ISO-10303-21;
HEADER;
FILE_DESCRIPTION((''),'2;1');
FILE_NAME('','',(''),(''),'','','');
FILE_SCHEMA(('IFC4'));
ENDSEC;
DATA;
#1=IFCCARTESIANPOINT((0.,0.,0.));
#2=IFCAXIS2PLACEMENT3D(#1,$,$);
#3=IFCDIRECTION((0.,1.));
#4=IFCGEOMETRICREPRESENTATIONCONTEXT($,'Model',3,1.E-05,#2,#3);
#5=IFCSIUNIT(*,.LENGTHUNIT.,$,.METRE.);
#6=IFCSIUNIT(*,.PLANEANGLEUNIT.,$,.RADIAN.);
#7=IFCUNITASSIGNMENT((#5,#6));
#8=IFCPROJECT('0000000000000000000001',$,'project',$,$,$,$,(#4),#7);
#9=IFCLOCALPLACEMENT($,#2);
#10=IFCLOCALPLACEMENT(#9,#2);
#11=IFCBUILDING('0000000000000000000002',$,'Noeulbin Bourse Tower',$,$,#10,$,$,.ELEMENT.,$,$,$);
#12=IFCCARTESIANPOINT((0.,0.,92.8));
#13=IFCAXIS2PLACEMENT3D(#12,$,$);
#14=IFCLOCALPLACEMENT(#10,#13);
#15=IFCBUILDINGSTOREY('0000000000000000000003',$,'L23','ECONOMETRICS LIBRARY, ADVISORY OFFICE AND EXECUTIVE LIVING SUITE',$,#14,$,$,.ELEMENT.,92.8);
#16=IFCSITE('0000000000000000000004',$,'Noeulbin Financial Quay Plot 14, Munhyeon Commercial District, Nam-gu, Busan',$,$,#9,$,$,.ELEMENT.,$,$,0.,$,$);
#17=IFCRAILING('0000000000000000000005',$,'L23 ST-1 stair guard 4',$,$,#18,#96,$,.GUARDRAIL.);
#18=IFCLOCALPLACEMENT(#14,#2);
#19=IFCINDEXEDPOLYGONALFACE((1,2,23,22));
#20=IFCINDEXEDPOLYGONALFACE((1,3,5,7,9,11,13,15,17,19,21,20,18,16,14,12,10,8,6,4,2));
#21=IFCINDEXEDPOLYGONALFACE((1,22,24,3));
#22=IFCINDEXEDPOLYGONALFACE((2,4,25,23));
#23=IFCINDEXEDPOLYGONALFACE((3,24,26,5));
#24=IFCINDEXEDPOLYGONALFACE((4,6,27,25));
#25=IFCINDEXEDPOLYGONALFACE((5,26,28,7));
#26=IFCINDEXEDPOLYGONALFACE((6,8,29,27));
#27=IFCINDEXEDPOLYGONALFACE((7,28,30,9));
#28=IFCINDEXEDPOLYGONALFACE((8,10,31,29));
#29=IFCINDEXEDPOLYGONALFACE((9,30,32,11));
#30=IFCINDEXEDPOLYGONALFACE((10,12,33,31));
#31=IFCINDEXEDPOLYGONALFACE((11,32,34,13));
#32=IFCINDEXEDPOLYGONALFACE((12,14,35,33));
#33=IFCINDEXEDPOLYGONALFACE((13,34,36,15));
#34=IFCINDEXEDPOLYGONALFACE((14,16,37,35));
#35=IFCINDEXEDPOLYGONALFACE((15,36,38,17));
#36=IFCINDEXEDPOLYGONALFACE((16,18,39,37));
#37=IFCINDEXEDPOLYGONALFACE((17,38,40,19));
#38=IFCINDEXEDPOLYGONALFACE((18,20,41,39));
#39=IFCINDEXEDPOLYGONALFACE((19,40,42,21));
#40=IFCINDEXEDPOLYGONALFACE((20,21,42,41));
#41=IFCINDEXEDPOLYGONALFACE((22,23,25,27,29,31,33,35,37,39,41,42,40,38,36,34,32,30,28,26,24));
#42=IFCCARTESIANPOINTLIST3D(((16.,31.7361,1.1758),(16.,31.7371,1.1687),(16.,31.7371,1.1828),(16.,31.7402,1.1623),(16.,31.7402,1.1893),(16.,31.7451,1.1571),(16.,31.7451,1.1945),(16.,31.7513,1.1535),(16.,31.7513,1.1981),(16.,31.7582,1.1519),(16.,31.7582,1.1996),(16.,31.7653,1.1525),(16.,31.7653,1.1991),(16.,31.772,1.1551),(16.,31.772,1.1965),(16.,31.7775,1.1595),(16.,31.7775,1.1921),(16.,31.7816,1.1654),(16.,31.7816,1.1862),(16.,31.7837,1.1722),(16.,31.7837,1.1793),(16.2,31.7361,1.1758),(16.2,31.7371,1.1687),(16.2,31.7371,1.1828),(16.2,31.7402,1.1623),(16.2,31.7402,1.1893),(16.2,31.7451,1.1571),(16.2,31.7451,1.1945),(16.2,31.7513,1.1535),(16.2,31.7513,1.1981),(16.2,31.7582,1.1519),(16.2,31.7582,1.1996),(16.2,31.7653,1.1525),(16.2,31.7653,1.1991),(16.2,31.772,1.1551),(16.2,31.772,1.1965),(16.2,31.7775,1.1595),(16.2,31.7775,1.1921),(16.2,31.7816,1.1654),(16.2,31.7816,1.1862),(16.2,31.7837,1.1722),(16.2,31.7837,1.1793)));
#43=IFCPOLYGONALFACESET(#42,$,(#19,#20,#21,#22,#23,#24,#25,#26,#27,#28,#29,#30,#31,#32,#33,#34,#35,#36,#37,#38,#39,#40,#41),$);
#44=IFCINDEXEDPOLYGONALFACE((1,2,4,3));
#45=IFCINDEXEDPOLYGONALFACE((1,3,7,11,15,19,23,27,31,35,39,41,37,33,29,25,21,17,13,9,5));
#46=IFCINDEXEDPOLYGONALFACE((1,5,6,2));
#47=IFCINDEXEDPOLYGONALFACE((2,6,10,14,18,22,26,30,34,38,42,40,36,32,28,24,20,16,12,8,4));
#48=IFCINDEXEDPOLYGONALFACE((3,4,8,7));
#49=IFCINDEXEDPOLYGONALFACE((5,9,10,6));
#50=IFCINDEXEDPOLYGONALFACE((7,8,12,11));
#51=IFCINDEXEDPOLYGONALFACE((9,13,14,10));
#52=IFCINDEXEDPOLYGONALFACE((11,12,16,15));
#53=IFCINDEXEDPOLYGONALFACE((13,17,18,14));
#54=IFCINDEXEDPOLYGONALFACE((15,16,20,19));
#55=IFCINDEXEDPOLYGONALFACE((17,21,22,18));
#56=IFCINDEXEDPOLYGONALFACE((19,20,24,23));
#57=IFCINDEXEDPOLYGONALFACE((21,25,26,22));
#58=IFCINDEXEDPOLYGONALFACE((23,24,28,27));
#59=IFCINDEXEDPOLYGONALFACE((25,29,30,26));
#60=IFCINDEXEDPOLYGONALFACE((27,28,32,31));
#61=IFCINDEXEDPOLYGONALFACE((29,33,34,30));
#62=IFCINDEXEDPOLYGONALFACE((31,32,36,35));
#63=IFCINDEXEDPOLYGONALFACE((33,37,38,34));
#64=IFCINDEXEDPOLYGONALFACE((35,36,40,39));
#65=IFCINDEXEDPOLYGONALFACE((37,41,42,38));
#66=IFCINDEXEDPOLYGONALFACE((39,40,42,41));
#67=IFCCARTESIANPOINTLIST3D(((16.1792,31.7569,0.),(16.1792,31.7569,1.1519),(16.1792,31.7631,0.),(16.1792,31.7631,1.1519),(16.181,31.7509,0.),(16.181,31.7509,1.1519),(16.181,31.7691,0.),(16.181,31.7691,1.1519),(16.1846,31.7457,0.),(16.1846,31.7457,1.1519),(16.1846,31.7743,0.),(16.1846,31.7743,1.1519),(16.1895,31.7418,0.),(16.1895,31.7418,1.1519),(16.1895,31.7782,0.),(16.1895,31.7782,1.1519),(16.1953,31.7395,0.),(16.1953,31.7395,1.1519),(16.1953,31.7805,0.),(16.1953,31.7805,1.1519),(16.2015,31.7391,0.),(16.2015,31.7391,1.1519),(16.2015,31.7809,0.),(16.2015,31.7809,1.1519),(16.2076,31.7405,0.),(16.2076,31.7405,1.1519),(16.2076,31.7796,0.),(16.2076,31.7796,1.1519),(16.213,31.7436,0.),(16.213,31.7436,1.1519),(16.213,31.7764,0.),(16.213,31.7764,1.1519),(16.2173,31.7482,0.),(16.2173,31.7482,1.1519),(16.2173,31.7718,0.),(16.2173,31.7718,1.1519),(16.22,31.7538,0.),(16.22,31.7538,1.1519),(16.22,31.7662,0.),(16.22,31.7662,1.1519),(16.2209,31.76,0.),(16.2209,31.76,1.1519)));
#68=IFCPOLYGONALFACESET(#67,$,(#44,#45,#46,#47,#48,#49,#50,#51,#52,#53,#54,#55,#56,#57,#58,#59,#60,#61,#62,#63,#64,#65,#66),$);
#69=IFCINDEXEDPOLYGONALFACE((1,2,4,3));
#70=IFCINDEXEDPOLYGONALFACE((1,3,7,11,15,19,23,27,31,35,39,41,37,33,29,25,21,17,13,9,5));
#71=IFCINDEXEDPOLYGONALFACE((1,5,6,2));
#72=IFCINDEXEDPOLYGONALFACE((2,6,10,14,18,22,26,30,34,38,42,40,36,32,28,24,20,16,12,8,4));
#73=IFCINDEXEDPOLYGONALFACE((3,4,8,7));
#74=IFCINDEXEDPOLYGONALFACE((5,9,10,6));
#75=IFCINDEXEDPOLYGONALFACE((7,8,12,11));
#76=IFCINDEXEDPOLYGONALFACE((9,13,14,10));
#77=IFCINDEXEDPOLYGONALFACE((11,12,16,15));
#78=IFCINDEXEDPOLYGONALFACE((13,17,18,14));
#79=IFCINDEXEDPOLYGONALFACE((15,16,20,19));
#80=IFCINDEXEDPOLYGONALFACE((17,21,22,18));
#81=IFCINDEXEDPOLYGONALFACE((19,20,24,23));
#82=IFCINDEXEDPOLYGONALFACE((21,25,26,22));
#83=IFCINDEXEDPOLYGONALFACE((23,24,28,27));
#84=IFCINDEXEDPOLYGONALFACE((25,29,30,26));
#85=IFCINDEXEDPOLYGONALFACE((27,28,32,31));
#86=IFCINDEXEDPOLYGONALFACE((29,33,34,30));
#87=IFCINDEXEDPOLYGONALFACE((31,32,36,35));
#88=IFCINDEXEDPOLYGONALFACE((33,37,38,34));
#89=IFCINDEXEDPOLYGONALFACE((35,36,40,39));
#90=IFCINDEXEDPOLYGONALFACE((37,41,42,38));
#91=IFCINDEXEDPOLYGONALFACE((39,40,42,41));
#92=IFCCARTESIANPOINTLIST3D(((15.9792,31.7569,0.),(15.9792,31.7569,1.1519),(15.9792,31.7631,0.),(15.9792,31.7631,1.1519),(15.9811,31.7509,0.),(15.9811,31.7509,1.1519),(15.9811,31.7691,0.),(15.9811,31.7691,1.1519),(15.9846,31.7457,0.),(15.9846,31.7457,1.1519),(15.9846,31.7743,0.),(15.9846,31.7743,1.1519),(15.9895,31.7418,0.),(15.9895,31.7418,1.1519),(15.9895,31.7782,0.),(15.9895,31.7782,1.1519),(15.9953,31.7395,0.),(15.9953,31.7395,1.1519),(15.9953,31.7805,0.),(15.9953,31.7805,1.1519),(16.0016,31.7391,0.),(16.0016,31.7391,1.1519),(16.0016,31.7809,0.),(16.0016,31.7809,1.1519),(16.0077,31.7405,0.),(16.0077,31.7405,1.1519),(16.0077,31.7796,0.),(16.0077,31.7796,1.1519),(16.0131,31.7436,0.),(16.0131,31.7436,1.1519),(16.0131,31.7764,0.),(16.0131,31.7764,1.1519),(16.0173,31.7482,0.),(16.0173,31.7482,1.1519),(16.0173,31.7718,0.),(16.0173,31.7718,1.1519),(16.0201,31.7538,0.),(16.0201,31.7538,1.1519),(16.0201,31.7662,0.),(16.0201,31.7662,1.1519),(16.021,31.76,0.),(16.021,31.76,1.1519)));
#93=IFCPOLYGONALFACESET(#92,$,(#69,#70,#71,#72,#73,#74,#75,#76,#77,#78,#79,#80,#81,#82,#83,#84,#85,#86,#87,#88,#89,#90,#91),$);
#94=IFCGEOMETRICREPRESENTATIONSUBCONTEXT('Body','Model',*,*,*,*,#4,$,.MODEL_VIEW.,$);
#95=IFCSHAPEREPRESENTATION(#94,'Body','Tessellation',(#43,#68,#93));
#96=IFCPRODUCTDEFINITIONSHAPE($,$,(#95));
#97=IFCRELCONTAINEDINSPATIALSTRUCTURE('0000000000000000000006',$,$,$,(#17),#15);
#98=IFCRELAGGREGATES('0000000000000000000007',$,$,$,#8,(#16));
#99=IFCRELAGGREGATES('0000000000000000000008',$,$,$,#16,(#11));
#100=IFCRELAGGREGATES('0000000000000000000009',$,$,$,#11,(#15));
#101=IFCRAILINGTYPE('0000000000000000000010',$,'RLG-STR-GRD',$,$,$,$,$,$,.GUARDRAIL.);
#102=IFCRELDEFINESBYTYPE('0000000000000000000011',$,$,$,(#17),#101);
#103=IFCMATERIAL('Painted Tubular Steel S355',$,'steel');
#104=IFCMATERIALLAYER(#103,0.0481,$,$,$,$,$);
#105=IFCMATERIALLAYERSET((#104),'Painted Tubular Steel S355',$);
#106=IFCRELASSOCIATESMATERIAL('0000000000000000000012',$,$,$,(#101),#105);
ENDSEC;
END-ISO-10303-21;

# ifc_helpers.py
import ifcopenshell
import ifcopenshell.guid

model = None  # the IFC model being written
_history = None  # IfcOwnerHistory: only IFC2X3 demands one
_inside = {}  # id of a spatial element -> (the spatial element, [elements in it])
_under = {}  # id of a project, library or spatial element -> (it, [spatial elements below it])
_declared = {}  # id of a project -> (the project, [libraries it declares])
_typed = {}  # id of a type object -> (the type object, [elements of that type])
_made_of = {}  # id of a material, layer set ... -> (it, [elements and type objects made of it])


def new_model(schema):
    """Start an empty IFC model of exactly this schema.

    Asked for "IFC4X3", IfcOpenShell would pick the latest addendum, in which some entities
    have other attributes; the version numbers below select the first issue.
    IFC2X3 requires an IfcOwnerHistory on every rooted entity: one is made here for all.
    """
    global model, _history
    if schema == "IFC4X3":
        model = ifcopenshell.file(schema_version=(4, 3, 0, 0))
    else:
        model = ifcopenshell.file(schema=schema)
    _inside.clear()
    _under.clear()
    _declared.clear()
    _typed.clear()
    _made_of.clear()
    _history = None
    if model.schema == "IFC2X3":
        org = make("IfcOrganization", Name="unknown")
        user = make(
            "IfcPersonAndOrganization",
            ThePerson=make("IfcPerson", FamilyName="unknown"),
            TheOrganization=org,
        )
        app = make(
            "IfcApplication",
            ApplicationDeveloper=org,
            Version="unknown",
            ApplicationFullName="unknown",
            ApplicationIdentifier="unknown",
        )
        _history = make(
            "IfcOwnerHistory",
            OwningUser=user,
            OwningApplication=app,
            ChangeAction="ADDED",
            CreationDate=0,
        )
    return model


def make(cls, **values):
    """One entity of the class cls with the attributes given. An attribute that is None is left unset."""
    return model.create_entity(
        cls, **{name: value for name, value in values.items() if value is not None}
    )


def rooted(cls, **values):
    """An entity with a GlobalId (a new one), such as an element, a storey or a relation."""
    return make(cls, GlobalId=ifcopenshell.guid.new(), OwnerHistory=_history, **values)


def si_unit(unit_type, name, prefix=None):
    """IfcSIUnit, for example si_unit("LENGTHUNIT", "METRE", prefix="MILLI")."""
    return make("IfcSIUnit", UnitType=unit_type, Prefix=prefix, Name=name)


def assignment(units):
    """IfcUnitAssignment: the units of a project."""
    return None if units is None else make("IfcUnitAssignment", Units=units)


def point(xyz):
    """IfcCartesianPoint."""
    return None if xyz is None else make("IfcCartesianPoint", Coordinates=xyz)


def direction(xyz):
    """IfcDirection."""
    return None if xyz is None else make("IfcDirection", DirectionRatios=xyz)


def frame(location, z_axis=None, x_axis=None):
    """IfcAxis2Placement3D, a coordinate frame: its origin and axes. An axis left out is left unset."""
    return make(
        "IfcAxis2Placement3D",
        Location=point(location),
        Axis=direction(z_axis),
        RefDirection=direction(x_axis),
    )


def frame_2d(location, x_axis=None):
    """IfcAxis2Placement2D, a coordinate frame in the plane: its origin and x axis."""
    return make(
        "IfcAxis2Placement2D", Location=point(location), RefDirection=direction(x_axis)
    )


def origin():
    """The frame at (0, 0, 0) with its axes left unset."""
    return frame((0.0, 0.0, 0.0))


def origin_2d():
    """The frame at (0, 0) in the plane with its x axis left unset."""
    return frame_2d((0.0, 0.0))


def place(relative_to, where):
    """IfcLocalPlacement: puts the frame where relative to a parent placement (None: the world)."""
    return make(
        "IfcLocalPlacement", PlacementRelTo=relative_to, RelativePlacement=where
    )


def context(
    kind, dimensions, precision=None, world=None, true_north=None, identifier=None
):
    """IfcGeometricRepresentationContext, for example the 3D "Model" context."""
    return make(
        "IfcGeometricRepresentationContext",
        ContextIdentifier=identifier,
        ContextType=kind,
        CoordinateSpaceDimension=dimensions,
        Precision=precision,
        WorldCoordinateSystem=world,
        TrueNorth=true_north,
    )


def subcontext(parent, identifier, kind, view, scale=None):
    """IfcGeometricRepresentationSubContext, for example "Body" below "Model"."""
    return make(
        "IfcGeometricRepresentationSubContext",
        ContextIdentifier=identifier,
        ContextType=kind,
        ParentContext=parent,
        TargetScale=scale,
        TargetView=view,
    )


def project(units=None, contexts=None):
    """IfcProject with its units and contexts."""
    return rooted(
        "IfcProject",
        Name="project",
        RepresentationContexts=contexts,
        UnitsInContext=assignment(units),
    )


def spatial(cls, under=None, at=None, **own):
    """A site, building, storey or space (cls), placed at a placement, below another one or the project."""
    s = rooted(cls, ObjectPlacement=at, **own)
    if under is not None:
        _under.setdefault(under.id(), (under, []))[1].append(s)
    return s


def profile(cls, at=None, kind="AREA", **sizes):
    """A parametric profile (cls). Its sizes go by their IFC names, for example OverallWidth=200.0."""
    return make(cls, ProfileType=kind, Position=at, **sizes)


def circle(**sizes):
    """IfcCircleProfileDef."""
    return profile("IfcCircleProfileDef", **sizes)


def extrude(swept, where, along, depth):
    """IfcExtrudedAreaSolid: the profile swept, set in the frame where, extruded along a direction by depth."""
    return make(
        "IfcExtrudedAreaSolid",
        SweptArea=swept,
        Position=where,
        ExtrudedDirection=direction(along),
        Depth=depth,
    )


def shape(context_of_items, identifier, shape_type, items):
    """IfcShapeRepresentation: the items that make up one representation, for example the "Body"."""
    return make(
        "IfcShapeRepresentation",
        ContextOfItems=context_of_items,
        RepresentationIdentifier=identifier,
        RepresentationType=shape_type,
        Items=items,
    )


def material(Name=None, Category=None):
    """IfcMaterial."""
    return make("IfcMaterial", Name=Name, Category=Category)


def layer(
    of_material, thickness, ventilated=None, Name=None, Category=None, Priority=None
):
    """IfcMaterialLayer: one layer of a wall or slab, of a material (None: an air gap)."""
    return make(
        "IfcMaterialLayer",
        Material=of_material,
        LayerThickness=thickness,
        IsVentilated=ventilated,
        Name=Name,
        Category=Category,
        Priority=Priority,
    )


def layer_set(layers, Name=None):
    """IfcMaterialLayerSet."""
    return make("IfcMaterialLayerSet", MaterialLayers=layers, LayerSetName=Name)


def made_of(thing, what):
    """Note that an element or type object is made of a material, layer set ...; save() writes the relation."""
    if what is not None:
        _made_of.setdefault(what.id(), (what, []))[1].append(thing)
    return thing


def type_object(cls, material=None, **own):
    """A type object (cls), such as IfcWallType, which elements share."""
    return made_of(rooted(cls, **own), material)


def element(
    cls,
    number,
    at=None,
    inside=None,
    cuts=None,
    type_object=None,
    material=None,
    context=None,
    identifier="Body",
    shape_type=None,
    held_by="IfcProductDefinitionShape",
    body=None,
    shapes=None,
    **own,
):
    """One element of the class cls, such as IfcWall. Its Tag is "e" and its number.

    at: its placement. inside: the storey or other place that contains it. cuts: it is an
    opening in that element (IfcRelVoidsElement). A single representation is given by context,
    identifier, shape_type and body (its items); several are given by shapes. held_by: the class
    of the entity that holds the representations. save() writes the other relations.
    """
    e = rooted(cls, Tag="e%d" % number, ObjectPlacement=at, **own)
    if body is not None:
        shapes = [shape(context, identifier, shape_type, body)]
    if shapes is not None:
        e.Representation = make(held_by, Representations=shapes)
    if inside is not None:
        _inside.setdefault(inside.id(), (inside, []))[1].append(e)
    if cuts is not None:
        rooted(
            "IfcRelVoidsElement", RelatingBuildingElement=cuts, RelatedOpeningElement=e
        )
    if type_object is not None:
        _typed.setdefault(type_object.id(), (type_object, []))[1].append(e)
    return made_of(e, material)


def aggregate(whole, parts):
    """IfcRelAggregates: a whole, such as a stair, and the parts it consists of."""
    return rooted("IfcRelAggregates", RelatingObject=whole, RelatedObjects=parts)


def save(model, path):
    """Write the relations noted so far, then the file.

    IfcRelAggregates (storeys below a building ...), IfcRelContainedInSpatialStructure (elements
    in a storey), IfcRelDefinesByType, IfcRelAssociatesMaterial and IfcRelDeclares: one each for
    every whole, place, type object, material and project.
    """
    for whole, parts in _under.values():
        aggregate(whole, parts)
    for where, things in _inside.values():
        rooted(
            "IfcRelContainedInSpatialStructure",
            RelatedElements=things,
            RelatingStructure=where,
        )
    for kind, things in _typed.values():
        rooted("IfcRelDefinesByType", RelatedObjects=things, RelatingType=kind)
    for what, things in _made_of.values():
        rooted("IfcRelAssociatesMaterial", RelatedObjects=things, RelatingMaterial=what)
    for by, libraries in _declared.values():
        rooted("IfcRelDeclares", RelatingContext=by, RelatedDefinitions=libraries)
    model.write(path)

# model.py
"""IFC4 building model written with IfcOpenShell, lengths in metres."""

from ifc_helpers import new_model, si_unit, direction, frame, origin, origin_2d, place, context, subcontext, project, spatial, circle, extrude, material, layer, layer_set, type_object, element, save


model = new_model("IFC4")

# Units and contexts
model_context = context("Model", 3, precision=1e-05, world=origin(), true_north=direction((0.0, 1.0)))
body_context = subcontext(model_context, "Body", "Model", "MODEL_VIEW")
ifc_project = project(units=[si_unit("LENGTHUNIT", "METRE"), si_unit("PLANEANGLEUNIT", "RADIAN")], contexts=[model_context])

# Site, building, storey
site_placement = place(None, origin())
site = spatial("IfcSite", under=ifc_project, at=site_placement, Name="Noeulbin Financial Quay Plot 14, Munhyeon Commercial District, Nam-gu, Busan", CompositionType="ELEMENT", RefElevation=0.0)
building_placement = place(site_placement, origin())
building = spatial("IfcBuilding", under=site, at=building_placement, Name="Noeulbin Bourse Tower", CompositionType="ELEMENT")
storey_placement = place(building_placement, frame((0.0, 0.0, 92.8)))
storey = spatial("IfcBuildingStorey", under=building, at=storey_placement, Name="L23", Description="ECONOMETRICS LIBRARY, ADVISORY OFFICE AND EXECUTIVE LIVING SUITE", CompositionType="ELEMENT", Elevation=92.8)

# Railing
ifc_material_1 = material(Name="Painted Tubular Steel S355", Category="steel")
ifc_layer_1 = layer(ifc_material_1, 0.0481)
ifc_layer_set_1 = layer_set([ifc_layer_1], Name="Painted Tubular Steel S355")
railing_type_1 = type_object("IfcRailingType", Name="RLG-STR-GRD", PredefinedType="GUARDRAIL", material=ifc_layer_set_1)
railing_1_placement = place(storey_placement, frame((16.2, 31.76, 0.0)))
element("IfcRailing", 1, at=railing_1_placement, inside=storey, type_object=railing_type_1, Name="L23 ST-1 stair guard 4", PredefinedType="GUARDRAIL", context=body_context, shape_type="SweptSolid", body=[
    extrude(circle(Radius=0.0239, at=origin_2d()), frame((0.0, 0.0, 1.1758), z_axis=(-1.0, 0.0, 0.0), x_axis=(0.0, -1.0, 0.0)), (0.0, 0.0, 1.0), 0.2),
    extrude(circle(Radius=0.021, at=origin_2d()), origin(), (0.0, 0.0, 1.0), 1.1519),
    extrude(circle(Radius=0.021, at=origin_2d()), frame((-0.2, 0.0, 0.0)), (0.0, 0.0, 1.0), 1.1519),
])

save(model, "model.ifc")
